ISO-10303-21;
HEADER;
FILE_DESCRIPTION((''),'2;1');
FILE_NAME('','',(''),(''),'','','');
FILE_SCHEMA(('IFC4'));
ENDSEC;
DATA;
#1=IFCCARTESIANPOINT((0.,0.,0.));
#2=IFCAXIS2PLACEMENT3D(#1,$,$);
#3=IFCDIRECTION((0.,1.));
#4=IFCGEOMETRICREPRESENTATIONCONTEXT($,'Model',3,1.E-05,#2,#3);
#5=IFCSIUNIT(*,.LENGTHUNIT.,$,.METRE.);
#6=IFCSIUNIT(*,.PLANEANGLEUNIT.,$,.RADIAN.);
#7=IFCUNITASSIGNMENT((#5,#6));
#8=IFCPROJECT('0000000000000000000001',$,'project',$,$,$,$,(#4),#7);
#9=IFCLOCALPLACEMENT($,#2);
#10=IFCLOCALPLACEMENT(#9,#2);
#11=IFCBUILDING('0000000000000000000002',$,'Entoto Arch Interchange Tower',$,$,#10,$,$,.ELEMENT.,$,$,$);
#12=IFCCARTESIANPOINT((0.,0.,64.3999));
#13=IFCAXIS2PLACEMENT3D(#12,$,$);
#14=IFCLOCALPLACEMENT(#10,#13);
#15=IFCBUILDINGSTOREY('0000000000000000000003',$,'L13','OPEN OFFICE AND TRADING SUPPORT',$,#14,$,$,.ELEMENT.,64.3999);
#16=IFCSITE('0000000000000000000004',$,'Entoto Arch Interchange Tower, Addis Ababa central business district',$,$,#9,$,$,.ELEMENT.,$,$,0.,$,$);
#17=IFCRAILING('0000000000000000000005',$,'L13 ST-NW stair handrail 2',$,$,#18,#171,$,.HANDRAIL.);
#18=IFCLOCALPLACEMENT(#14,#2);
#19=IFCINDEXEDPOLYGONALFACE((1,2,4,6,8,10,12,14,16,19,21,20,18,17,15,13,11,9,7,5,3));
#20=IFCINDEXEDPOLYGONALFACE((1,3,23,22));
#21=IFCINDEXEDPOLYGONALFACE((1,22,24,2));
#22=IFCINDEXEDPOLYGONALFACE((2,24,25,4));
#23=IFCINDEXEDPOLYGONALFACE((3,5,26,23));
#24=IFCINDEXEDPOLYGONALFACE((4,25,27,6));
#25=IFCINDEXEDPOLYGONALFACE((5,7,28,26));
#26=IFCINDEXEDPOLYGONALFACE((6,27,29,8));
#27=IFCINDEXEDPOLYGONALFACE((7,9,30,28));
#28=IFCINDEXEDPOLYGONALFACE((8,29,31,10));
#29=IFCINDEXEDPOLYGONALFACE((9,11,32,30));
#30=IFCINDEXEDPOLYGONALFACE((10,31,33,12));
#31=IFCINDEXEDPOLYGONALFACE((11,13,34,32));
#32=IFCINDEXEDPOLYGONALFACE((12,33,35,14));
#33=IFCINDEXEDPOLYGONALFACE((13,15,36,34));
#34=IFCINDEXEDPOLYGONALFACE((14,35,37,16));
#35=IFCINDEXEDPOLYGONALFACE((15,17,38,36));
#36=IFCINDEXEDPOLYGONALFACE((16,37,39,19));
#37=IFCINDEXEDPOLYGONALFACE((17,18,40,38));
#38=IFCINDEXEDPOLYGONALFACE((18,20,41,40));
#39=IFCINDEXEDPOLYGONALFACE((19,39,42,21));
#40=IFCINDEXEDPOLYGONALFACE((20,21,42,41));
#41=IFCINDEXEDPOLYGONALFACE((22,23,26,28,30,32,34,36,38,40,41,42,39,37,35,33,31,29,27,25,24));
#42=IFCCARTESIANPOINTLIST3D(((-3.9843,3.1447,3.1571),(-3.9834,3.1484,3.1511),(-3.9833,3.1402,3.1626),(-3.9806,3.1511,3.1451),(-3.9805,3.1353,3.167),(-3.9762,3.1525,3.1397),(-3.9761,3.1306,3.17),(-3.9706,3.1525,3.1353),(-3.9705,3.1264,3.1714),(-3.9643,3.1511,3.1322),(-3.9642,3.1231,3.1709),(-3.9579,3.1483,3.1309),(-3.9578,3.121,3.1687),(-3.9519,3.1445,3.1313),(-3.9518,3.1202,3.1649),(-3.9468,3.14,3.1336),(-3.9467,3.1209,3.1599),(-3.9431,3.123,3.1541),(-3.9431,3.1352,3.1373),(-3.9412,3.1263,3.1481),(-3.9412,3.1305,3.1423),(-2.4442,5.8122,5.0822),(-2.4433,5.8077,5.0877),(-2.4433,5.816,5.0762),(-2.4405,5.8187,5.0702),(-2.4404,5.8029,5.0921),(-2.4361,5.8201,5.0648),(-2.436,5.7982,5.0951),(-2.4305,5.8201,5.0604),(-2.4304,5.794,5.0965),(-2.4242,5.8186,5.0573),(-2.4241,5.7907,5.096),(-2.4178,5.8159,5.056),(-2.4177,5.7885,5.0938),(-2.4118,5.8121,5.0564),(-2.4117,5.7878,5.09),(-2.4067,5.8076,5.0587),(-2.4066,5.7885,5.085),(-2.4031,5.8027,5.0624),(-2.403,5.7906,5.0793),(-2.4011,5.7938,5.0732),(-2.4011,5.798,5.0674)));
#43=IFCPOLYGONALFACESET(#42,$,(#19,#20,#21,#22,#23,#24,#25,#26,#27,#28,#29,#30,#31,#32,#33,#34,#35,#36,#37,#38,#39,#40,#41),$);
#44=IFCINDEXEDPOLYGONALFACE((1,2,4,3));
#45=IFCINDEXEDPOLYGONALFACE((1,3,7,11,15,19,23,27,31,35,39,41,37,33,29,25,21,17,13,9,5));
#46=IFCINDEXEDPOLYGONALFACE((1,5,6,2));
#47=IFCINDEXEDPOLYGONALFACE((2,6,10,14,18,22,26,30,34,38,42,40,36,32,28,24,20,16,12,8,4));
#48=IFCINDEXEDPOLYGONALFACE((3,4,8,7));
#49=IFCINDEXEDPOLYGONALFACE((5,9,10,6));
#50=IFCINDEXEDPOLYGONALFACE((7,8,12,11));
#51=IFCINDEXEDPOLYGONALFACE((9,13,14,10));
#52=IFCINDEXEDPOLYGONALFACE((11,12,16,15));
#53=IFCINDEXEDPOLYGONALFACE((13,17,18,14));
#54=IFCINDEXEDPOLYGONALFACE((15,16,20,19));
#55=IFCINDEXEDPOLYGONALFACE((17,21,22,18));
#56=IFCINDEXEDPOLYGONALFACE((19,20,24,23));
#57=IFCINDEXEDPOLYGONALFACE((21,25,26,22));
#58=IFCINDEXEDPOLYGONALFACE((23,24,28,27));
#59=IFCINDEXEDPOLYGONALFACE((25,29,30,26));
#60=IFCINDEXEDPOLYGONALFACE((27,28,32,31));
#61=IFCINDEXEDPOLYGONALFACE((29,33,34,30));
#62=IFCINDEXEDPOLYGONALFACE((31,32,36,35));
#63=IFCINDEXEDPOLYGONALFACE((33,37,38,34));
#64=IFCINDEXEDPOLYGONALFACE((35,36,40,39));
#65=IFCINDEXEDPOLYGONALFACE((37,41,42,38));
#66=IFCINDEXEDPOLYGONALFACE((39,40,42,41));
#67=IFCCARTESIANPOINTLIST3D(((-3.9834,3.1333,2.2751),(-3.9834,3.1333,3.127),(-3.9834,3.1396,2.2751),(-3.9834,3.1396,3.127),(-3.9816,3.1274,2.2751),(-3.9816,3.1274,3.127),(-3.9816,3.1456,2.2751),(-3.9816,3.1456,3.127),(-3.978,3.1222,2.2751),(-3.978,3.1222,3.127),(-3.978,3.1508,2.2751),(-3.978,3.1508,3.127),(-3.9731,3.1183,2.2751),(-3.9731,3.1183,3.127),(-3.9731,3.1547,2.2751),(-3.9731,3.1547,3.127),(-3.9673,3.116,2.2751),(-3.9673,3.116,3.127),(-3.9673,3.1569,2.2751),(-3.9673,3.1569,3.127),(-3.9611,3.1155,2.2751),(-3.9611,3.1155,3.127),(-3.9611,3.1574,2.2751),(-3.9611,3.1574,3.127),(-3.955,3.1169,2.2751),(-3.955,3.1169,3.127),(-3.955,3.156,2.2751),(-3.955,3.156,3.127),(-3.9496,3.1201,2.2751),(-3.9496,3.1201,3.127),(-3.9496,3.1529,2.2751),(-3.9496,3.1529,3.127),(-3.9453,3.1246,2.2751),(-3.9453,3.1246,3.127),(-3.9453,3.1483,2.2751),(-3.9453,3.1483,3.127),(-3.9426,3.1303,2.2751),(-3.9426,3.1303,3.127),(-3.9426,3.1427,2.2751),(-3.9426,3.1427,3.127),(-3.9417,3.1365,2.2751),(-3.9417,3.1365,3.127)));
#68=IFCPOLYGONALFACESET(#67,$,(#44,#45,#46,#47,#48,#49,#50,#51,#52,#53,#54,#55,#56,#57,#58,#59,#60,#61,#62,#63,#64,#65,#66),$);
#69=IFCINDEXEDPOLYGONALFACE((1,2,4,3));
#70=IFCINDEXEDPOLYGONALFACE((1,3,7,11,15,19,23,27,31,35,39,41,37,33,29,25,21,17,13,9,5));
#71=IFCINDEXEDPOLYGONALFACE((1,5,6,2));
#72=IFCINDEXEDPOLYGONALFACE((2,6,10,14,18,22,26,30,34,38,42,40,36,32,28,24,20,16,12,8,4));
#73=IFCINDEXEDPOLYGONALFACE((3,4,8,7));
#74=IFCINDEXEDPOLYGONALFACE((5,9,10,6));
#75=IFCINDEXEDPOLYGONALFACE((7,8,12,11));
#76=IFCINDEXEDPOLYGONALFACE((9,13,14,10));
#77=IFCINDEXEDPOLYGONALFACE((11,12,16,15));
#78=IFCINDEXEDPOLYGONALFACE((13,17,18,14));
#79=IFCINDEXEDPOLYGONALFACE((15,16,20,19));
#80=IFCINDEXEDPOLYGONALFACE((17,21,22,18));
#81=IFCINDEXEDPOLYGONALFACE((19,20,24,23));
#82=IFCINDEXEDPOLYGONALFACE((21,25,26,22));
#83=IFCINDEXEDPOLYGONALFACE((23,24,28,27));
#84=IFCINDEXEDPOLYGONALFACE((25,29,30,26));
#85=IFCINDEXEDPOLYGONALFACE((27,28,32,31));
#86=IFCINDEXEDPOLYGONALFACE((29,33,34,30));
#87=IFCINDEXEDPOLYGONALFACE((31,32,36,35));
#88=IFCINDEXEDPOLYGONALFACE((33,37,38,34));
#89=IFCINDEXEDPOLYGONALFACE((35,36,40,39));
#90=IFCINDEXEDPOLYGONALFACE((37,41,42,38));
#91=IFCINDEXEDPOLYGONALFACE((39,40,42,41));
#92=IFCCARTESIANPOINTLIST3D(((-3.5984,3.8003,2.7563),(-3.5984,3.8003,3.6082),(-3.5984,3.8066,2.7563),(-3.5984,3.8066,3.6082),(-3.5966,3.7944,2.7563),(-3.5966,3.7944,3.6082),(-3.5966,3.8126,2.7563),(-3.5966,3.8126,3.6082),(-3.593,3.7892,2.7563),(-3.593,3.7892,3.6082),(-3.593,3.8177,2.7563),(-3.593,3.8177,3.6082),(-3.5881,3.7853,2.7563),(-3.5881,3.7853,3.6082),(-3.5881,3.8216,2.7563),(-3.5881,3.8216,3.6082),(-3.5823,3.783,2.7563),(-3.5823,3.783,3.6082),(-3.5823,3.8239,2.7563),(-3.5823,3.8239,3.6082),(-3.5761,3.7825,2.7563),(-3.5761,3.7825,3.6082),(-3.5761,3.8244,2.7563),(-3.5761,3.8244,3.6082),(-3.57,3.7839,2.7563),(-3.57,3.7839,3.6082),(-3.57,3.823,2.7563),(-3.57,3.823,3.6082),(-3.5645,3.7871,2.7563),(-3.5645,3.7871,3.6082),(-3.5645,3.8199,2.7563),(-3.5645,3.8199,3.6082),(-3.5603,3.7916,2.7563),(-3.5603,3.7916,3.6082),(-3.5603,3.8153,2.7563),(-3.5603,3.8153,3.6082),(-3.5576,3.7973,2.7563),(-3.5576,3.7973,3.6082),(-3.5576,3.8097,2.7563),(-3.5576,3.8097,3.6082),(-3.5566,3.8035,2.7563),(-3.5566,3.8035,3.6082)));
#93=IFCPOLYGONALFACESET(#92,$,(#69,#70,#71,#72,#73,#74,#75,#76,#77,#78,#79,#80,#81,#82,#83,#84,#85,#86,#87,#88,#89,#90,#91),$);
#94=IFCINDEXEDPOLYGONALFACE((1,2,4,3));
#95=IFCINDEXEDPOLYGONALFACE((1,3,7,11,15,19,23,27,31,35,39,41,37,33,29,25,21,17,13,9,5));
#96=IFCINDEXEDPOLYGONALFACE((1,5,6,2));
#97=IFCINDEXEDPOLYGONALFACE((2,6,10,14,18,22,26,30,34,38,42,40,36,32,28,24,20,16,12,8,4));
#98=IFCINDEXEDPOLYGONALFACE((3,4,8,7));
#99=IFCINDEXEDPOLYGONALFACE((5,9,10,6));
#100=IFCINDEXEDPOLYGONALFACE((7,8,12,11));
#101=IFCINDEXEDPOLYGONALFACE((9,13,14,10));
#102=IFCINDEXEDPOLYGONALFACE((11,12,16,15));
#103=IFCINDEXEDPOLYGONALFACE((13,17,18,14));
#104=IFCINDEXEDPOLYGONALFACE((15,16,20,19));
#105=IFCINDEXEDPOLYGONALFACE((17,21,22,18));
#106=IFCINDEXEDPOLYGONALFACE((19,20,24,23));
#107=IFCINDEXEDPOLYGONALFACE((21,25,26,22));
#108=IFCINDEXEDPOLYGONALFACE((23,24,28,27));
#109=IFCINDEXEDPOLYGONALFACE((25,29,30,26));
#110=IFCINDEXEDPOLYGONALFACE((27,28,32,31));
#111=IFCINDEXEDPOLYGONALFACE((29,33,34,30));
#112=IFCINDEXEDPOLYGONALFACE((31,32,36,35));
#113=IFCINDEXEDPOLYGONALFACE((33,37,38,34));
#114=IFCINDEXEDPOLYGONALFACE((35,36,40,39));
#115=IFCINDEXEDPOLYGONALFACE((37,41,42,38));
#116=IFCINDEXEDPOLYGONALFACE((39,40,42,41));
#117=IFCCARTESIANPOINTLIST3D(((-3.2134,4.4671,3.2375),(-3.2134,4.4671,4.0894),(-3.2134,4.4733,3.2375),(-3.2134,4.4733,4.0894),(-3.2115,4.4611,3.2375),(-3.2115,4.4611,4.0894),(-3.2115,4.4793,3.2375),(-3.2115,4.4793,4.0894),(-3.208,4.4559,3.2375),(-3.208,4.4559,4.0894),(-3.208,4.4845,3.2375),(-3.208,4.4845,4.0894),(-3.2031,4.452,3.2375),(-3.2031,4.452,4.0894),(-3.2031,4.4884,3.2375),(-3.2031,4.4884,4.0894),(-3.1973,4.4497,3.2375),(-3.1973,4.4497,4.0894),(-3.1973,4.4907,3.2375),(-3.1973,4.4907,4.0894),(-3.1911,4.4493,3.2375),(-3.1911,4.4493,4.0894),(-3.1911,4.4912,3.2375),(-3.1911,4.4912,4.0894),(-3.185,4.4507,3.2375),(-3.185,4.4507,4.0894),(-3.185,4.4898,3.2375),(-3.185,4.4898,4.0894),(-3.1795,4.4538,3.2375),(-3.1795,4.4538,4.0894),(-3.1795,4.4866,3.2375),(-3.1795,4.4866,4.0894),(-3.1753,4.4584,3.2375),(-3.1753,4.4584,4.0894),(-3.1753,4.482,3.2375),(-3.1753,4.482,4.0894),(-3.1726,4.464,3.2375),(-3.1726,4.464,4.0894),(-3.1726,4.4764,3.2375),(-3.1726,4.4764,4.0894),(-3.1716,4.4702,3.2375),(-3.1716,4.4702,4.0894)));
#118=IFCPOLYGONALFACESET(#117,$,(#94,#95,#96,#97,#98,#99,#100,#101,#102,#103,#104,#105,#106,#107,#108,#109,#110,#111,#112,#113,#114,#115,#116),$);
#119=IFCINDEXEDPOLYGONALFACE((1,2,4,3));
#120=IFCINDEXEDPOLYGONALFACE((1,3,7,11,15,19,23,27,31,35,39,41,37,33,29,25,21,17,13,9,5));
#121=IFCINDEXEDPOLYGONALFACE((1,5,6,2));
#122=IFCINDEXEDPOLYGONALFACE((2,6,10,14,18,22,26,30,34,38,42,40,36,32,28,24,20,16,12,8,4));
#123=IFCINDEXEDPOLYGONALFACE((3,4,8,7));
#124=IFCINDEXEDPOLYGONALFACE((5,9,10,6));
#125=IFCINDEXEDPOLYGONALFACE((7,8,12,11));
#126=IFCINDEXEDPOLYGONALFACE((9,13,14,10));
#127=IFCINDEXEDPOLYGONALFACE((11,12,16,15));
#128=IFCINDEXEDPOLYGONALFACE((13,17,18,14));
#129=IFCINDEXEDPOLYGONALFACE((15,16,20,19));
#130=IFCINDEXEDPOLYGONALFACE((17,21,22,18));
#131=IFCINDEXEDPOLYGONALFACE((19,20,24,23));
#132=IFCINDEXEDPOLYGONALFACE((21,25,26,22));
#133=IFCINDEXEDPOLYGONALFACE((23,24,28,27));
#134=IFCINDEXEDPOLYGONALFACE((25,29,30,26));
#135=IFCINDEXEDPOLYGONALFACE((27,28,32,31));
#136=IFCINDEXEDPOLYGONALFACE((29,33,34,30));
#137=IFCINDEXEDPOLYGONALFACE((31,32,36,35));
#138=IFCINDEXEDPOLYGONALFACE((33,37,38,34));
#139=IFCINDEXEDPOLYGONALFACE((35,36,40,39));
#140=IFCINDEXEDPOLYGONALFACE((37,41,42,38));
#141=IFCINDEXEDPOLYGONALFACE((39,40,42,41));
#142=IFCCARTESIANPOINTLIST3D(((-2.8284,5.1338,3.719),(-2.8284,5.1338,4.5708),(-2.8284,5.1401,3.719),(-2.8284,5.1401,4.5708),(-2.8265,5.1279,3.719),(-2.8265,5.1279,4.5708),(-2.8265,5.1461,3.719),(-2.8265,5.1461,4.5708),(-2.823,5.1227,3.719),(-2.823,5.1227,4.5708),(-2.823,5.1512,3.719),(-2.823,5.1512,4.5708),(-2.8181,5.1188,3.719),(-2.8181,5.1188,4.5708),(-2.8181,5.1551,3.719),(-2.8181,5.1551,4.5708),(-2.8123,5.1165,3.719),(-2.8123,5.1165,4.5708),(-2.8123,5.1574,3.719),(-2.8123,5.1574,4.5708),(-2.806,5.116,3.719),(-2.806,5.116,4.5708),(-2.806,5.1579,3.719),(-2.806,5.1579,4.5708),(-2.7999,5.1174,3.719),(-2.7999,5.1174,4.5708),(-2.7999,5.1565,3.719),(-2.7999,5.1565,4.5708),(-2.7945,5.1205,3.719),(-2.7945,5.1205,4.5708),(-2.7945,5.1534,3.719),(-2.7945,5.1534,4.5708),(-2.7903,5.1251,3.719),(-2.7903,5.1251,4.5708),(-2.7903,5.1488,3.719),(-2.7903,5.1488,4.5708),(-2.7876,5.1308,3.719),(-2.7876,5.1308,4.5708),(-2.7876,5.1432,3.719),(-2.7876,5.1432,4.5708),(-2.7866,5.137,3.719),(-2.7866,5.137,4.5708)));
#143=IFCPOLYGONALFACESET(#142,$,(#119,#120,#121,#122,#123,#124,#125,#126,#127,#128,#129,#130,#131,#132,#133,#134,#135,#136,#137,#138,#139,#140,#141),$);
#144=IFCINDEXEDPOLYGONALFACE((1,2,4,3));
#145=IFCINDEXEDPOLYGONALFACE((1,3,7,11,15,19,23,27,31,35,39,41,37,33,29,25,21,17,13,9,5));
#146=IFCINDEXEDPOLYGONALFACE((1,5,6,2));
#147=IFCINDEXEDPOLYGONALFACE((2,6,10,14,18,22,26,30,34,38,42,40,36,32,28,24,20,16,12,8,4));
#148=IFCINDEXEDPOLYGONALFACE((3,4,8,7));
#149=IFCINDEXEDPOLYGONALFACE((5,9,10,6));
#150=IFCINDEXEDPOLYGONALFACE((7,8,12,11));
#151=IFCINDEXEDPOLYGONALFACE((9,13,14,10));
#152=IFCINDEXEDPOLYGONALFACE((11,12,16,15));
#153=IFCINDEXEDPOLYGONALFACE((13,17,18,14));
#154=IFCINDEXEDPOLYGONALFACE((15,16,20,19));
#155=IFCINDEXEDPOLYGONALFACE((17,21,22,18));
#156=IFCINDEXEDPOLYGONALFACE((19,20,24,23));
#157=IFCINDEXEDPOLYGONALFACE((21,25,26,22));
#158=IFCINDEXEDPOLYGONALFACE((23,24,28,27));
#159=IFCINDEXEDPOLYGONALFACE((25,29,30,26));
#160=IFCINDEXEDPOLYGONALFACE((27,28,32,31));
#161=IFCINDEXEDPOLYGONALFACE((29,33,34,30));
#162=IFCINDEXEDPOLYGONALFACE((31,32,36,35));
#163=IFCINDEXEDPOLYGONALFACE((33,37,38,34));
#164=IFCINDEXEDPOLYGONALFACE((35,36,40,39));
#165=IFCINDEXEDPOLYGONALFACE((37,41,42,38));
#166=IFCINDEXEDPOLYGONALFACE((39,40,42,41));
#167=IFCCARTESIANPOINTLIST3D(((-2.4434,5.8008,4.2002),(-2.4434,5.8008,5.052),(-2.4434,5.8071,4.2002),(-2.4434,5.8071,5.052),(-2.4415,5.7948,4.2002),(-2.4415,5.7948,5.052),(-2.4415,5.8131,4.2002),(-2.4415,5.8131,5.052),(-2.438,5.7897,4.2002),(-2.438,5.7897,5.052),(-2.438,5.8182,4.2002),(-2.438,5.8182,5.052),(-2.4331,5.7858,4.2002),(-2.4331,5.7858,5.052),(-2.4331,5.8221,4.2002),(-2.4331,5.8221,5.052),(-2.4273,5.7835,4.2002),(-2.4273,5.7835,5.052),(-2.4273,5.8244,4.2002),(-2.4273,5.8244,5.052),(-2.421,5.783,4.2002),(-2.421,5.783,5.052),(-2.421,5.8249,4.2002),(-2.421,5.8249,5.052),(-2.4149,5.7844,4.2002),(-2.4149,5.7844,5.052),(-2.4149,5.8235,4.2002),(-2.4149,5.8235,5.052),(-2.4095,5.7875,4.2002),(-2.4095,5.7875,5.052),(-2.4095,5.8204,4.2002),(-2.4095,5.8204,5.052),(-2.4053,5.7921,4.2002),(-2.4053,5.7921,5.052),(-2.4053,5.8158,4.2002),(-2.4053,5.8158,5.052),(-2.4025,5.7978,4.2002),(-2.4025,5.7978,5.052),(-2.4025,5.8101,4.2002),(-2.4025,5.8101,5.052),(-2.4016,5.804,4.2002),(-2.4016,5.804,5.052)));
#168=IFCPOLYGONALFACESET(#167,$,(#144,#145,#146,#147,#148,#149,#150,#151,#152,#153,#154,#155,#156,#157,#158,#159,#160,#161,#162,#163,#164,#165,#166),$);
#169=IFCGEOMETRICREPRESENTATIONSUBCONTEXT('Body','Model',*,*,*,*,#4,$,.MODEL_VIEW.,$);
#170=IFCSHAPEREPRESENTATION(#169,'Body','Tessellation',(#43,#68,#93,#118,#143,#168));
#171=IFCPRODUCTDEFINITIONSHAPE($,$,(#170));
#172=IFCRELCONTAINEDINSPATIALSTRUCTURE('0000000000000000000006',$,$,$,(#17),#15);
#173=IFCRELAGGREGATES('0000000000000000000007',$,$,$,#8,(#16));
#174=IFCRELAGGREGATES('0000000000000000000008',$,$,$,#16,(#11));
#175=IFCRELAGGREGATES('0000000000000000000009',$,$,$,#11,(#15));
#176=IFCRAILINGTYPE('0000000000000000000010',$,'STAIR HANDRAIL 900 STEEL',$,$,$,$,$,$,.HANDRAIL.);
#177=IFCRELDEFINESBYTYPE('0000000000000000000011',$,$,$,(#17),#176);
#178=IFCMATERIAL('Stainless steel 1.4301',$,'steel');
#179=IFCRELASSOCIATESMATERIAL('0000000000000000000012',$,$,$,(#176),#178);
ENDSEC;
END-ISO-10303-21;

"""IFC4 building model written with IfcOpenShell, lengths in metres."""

from ifc_helpers import new_model, si_unit, direction, frame, origin, origin_2d, place, context, subcontext, project, spatial, circle, extrude, material, type_object, element, save


model = new_model("IFC4")

# Units and contexts
model_context = context("Model", 3, precision=1e-05, world=origin(), true_north=direction((0.0, 1.0)))
body_context = subcontext(model_context, "Body", "Model", "MODEL_VIEW")
ifc_project = project(units=[si_unit("LENGTHUNIT", "METRE"), si_unit("PLANEANGLEUNIT", "RADIAN")], contexts=[model_context])

# Site, building, storey
site_placement = place(None, origin())
site = spatial("IfcSite", under=ifc_project, at=site_placement, Name="Entoto Arch Interchange Tower, Addis Ababa central business district", CompositionType="ELEMENT", RefElevation=0.0)
building_placement = place(site_placement, origin())
building = spatial("IfcBuilding", under=site, at=building_placement, Name="Entoto Arch Interchange Tower", CompositionType="ELEMENT")
storey_placement = place(building_placement, frame((0.0, 0.0, 64.3999)))
storey = spatial("IfcBuildingStorey", under=building, at=storey_placement, Name="L13", Description="OPEN OFFICE AND TRADING SUPPORT", CompositionType="ELEMENT", Elevation=64.3999)

# Railing
ifc_material_1 = material(Name="Stainless steel 1.4301", Category="steel")
railing_type_1 = type_object("IfcRailingType", Name="STAIR HANDRAIL 900 STEEL", PredefinedType="HANDRAIL", material=ifc_material_1)
railing_1_placement = place(storey_placement, frame((-3.9626, 3.1365, 2.2751)))
element("IfcRailing", 1, at=railing_1_placement, inside=storey, type_object=railing_type_1, Name="L13 ST-NW stair handrail 2", PredefinedType="HANDRAIL", context=body_context, shape_type="SweptSolid", body=[
    extrude(circle(Radius=0.0239, at=origin_2d()), frame((0.0, 0.0, 0.876), z_axis=(0.423994, 0.734395, 0.529993), x_axis=(-0.86603, 0.499992, 0.0)), (0.0, 0.0, 1.0), 3.6323),
    extrude(circle(Radius=0.021, at=origin_2d()), origin(), (0.0, 0.0, 1.0), 0.8518),
    extrude(circle(Radius=0.021, at=origin_2d()), frame((0.385, 0.667, 0.4812)), (0.0, 0.0, 1.0), 0.8518),
    extrude(circle(Radius=0.021, at=origin_2d()), frame((0.77, 1.3337, 0.9624)), (0.0, 0.0, 1.0), 0.8518),
    extrude(circle(Radius=0.021, at=origin_2d()), frame((1.155, 2.0005, 1.4438)), (0.0, 0.0, 1.0), 0.8518),
    extrude(circle(Radius=0.021, at=origin_2d()), frame((1.54, 2.6675, 1.925)), (0.0, 0.0, 1.0), 0.8518),
])

save(model, "model.ifc")
